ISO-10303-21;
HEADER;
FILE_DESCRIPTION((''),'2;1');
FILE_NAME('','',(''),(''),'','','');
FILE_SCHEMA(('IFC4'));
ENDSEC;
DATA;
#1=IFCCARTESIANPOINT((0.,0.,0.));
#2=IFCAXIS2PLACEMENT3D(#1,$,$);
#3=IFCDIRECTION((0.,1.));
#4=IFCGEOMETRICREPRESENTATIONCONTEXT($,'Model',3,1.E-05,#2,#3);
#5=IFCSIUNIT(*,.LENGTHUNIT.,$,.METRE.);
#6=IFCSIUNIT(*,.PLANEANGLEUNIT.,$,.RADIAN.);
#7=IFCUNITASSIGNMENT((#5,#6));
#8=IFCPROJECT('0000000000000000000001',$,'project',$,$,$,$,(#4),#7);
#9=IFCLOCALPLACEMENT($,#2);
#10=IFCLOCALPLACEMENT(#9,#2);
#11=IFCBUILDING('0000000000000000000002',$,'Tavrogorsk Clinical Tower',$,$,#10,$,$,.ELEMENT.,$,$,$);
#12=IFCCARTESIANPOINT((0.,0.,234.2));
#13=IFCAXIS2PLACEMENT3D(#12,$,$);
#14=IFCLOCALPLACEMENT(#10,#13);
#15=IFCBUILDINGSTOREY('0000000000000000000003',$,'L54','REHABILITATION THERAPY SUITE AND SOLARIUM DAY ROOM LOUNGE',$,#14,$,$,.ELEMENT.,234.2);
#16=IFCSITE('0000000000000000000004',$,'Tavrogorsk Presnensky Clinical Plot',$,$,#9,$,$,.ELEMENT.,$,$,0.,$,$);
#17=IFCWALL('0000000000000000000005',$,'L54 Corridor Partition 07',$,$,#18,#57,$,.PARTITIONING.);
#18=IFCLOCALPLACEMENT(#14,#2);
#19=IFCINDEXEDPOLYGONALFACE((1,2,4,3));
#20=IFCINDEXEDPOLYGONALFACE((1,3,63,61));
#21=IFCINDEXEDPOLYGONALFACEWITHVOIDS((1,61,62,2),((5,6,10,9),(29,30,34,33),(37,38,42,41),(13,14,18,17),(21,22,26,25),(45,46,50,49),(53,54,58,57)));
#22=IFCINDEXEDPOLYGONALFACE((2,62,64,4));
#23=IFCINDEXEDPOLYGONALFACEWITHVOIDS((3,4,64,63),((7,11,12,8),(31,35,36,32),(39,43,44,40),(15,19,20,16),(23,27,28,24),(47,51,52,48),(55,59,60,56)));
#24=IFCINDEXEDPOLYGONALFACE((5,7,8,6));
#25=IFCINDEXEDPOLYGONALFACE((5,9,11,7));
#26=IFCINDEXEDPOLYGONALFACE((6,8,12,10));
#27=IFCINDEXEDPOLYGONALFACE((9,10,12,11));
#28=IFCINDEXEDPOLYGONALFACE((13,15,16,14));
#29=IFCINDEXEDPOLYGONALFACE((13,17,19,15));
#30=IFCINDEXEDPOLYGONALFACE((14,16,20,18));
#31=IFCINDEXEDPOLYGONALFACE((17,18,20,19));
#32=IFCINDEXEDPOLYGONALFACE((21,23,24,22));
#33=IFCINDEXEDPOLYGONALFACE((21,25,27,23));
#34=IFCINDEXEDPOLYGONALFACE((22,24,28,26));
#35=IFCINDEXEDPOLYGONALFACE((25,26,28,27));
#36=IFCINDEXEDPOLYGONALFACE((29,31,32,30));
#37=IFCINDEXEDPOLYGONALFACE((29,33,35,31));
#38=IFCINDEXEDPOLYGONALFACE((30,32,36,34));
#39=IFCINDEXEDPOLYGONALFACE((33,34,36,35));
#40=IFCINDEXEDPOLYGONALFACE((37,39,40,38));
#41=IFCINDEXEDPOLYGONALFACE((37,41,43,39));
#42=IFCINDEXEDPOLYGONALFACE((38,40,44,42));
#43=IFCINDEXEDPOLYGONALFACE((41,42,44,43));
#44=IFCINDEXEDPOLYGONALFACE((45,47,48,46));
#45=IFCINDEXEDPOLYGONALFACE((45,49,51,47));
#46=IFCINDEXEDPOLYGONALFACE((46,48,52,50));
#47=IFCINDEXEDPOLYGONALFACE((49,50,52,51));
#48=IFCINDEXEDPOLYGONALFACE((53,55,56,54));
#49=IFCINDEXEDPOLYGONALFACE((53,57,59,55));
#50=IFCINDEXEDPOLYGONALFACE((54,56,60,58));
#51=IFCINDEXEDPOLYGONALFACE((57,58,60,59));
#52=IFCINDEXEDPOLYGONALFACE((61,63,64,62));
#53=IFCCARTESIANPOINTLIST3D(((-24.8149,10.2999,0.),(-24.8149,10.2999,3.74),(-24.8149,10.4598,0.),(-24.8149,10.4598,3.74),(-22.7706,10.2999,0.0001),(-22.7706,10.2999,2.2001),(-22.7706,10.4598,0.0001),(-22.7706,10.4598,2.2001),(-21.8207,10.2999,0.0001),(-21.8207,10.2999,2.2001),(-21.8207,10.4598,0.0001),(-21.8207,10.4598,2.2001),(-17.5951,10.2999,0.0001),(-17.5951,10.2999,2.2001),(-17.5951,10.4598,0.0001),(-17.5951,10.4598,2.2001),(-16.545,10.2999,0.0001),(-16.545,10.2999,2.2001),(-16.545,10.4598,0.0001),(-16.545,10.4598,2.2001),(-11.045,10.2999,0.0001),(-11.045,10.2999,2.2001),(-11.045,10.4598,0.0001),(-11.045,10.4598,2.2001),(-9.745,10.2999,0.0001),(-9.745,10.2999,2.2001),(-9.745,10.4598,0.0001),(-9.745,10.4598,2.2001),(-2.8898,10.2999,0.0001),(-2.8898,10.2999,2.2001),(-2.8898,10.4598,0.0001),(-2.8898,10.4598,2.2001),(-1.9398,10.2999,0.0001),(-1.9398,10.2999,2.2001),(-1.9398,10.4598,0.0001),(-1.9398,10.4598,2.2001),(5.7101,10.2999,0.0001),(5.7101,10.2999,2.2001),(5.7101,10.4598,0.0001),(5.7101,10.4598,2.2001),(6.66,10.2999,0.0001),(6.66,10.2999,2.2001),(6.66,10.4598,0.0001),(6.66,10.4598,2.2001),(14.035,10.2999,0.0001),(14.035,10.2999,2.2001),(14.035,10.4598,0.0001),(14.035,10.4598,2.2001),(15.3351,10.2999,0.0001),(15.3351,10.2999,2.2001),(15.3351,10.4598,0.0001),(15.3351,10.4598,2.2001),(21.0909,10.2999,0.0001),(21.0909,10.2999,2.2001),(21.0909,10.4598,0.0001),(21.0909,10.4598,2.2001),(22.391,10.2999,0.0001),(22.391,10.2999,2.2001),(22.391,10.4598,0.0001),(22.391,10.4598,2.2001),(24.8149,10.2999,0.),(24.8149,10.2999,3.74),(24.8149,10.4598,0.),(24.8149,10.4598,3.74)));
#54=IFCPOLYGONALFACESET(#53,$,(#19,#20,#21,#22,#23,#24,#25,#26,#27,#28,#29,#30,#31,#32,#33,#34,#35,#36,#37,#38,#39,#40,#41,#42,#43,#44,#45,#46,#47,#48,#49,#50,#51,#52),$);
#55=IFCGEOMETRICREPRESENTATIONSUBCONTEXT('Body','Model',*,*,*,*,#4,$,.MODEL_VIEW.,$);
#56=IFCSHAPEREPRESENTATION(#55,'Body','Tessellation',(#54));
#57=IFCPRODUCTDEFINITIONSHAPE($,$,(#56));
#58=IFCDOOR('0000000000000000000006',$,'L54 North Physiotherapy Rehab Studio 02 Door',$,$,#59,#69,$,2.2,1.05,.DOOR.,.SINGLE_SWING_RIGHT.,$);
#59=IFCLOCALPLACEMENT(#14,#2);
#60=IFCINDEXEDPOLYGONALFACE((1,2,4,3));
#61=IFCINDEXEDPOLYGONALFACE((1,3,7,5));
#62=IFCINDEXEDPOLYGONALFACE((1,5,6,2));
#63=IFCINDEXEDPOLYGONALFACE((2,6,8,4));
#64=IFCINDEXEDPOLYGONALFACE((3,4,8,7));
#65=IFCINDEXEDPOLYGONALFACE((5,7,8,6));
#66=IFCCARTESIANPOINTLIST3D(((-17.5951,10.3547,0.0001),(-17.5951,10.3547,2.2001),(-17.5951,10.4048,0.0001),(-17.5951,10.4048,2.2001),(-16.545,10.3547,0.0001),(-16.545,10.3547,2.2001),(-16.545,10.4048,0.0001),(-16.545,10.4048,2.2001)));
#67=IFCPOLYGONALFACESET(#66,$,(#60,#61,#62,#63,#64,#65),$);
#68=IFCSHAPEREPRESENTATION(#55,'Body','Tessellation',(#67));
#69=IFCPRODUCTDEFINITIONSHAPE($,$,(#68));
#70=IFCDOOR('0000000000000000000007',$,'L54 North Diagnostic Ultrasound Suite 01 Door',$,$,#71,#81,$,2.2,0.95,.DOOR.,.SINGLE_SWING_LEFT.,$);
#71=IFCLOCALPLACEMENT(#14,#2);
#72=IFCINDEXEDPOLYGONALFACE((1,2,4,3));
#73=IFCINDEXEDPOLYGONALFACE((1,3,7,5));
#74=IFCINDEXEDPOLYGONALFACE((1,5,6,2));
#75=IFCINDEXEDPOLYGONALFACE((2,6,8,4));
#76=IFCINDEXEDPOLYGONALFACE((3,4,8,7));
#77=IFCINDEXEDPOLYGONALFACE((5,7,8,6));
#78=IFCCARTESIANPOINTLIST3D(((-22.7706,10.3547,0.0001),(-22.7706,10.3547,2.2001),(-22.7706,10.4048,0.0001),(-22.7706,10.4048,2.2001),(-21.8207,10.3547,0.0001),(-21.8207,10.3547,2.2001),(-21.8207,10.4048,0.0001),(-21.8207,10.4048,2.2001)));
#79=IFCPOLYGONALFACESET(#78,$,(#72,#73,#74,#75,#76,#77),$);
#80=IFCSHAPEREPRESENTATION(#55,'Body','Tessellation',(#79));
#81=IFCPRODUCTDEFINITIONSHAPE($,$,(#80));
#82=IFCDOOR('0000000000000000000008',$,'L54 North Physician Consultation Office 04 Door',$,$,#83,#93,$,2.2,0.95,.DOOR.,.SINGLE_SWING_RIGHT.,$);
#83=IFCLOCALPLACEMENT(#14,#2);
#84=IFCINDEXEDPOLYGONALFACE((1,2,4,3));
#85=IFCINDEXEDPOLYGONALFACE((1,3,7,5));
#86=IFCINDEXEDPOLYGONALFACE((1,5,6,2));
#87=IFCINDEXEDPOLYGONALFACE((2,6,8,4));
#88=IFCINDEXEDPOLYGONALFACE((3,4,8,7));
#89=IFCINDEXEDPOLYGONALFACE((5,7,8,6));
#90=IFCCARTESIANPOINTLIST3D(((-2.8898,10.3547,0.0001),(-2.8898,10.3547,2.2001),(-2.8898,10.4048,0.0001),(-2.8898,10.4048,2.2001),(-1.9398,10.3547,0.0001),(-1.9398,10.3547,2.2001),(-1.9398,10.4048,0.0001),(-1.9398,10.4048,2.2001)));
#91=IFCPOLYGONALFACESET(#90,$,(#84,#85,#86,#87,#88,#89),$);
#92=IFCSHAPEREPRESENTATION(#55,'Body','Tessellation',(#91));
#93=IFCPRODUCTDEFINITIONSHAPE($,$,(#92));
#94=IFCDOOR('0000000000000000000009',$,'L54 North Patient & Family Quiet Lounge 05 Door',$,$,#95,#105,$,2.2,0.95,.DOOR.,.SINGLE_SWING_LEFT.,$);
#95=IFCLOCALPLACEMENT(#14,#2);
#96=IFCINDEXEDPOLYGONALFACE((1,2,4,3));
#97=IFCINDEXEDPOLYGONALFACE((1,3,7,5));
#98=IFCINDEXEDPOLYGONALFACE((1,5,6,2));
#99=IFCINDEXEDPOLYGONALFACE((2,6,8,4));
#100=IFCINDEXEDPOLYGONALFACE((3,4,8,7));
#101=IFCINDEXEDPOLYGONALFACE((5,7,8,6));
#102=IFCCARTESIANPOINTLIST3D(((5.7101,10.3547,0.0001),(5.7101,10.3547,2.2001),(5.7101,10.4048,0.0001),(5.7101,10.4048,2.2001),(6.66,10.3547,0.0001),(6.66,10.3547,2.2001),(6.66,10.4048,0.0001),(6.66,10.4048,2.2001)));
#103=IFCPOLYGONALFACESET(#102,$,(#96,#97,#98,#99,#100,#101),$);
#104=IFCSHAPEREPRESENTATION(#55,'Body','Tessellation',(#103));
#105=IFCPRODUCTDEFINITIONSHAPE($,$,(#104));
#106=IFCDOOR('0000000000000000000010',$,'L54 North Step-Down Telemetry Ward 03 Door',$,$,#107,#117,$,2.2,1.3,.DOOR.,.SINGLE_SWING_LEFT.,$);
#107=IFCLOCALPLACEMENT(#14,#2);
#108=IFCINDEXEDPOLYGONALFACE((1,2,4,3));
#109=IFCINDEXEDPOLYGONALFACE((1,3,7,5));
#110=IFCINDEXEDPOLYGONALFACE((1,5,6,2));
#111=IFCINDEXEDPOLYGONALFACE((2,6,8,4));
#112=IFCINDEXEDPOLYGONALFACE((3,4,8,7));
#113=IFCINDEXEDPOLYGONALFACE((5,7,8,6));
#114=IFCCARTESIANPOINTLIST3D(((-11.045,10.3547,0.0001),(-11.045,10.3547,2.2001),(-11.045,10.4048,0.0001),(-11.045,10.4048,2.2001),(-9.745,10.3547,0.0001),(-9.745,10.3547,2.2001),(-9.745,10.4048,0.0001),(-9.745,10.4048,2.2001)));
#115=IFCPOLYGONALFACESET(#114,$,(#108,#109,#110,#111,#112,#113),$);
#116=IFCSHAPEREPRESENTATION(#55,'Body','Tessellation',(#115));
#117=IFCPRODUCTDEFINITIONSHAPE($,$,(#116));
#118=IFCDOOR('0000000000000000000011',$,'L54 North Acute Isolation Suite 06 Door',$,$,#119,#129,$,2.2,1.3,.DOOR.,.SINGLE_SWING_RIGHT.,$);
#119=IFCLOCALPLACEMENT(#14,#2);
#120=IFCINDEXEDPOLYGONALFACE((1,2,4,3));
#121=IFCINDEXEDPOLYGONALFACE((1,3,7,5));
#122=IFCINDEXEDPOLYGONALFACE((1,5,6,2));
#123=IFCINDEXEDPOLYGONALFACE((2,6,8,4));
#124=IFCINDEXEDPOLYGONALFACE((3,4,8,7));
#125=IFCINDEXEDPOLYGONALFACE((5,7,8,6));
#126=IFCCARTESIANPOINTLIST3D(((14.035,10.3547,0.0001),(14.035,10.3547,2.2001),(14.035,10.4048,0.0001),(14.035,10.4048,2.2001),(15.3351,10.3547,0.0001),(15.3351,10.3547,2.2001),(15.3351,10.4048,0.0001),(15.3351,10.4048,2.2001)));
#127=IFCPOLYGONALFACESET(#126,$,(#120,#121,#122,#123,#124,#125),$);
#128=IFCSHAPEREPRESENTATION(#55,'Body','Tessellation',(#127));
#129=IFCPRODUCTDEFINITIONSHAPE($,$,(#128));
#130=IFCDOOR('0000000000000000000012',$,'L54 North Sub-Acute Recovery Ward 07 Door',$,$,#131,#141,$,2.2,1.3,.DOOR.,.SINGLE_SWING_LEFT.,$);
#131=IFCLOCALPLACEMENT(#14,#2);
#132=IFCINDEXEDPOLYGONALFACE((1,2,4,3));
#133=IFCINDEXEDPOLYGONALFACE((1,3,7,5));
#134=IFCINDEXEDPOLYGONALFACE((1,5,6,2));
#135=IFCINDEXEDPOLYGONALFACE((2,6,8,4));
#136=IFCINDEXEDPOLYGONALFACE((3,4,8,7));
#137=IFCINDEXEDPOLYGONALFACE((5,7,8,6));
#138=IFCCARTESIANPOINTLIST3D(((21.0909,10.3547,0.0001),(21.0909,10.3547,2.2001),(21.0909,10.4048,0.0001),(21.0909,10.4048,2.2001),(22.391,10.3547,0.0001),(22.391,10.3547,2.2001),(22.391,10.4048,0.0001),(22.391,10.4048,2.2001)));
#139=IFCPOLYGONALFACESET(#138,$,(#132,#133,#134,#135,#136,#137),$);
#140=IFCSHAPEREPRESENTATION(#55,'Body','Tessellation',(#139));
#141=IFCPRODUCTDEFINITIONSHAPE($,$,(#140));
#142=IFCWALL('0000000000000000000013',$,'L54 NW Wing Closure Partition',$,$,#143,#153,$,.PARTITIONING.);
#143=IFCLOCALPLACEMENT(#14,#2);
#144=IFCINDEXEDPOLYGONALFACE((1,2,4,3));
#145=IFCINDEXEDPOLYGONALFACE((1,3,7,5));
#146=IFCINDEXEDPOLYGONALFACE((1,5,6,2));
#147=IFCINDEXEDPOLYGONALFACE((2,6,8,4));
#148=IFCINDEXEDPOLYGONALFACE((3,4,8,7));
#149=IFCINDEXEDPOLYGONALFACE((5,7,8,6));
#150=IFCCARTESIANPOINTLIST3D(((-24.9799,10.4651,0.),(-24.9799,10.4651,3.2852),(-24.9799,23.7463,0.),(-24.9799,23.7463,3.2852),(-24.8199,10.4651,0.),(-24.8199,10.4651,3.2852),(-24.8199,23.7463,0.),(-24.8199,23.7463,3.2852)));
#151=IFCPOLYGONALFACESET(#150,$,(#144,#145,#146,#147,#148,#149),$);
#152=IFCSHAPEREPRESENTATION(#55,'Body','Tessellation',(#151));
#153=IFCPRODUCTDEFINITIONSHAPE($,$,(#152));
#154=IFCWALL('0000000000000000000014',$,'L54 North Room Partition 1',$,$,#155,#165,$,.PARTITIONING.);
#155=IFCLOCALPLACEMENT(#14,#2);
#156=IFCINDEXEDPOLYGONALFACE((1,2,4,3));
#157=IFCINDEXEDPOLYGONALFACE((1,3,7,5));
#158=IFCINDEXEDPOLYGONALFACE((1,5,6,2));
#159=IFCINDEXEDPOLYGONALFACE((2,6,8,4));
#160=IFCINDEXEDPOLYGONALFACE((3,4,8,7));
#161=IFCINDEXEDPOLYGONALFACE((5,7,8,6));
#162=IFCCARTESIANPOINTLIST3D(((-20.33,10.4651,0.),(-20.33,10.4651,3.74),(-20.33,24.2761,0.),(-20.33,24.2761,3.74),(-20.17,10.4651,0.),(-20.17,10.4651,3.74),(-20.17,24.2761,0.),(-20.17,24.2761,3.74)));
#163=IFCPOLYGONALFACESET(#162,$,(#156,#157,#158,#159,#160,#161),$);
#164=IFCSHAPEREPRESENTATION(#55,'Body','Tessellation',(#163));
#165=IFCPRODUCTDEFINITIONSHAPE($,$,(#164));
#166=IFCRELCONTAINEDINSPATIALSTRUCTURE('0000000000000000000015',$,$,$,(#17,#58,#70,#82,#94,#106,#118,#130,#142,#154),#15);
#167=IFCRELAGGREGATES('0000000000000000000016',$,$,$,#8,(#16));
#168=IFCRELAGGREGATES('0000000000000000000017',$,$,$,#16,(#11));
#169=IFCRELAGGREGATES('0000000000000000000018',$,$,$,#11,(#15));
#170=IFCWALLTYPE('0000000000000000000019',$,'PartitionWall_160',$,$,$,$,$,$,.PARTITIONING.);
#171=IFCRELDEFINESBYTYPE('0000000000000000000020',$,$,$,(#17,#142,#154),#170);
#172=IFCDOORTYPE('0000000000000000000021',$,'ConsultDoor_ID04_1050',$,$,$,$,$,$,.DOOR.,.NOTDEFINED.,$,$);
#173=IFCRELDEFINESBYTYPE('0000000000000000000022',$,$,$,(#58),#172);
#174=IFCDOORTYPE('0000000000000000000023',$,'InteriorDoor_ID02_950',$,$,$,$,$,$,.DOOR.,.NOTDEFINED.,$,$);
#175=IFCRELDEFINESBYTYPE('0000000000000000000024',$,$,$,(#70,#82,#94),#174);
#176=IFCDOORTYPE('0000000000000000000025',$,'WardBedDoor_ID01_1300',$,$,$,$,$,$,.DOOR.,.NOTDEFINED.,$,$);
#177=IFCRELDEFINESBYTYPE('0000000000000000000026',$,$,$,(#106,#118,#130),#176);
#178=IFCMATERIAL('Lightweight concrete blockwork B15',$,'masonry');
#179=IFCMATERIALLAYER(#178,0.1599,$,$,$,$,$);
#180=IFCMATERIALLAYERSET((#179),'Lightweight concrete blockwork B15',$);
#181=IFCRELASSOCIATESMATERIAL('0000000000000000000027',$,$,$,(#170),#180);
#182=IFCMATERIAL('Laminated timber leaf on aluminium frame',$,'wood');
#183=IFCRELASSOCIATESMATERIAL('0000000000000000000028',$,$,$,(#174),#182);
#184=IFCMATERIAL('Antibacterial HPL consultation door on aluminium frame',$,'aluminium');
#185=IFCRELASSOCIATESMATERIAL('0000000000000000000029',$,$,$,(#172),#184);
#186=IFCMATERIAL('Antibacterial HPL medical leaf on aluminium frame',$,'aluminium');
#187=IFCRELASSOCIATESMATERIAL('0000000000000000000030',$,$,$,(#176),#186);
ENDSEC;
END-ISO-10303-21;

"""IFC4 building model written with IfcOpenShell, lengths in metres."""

from ifc_helpers import new_model, si_unit, direction, frame, frame_2d, origin, place, context, subcontext, project, spatial, rectangle, extrude, material, layer, layer_set, type_object, element, fill, save


model = new_model("IFC4")

# Units and contexts
model_context = context("Model", 3, precision=1e-05, world=origin(), true_north=direction((0.0, 1.0)))
body_context = subcontext(model_context, "Body", "Model", "MODEL_VIEW")
ifc_project = project(units=[si_unit("LENGTHUNIT", "METRE"), si_unit("PLANEANGLEUNIT", "RADIAN")], contexts=[model_context])

# Site, building, storey
site_placement = place(None, origin())
site = spatial("IfcSite", under=ifc_project, at=site_placement, Name="Tavrogorsk Presnensky Clinical Plot", CompositionType="ELEMENT", RefElevation=0.0)
building_placement = place(site_placement, origin())
building = spatial("IfcBuilding", under=site, at=building_placement, Name="Tavrogorsk Clinical Tower", CompositionType="ELEMENT")
storey_placement = place(building_placement, frame((0.0, 0.0, 234.2)))
storey = spatial("IfcBuildingStorey", under=building, at=storey_placement, Name="L54", Description="REHABILITATION THERAPY SUITE AND SOLARIUM DAY ROOM LOUNGE", CompositionType="ELEMENT", Elevation=234.2)

# Shared definitions
ifc_material_1 = material(Name="Lightweight concrete blockwork B15", Category="masonry")
ifc_layer_1 = layer(ifc_material_1, 0.1599)
ifc_layer_set_1 = layer_set([ifc_layer_1], Name="Lightweight concrete blockwork B15")
wall_type_1 = type_object("IfcWallType", Name="PartitionWall_160", PredefinedType="PARTITIONING", material=ifc_layer_set_1)
ifc_material_2 = material(Name="Laminated timber leaf on aluminium frame", Category="wood")
door_type_1 = type_object("IfcDoorType", Name="InteriorDoor_ID02_950", OperationType="NOTDEFINED", PredefinedType="DOOR", material=ifc_material_2)

# Wall, openings, doors
wall_1_placement = place(storey_placement, frame((-24.8149, 10.3799, 0.0), z_axis=(0.0, 0.0, 1.0), x_axis=(1.0, 0.0, 0.0)))
wall_1 = element("IfcWall", 1, at=wall_1_placement, inside=storey, type_object=wall_type_1, Name="L54 Corridor Partition 07", PredefinedType="PARTITIONING", context=body_context, shape_type="SweptSolid", body=[
    extrude(rectangle(XDim=49.6299, YDim=0.1599, at=frame_2d((24.8149, 0.0))), origin(), (0.0, 0.0, 1.0), 3.74),
])
opening_1_placement = place(wall_1_placement, frame((2.0442, 0.0, 0.0)))
opening_1 = element("IfcOpeningElement", 2, at=opening_1_placement, cuts=wall_1, PredefinedType="OPENING", context=body_context, shape_type="SweptSolid", body=[
    extrude(rectangle(XDim=0.95, YDim=2.2, at=frame_2d((0.4751, 1.1001))), frame((0.0, 0.0898, 0.0), z_axis=(0.0, -1.0, 0.0), x_axis=(1.0, 0.0, 0.0)), (0.0, 0.0, 1.0), 0.1799),
])
opening_2_placement = place(wall_1_placement, frame((7.22, 0.0, 0.0)))
opening_2 = element("IfcOpeningElement", 3, at=opening_2_placement, cuts=wall_1, PredefinedType="OPENING", context=body_context, shape_type="SweptSolid", body=[
    extrude(rectangle(XDim=1.05, YDim=2.2, at=frame_2d((0.5249, 1.1001))), frame((0.0, 0.0898, 0.0), z_axis=(0.0, -1.0, 0.0), x_axis=(1.0, 0.0, 0.0)), (0.0, 0.0, 1.0), 0.1799),
])
opening_3_placement = place(wall_1_placement, frame((13.77, 0.0, 0.0)))
opening_3 = element("IfcOpeningElement", 4, at=opening_3_placement, cuts=wall_1, PredefinedType="OPENING", context=body_context, shape_type="SweptSolid", body=[
    extrude(rectangle(XDim=1.3, YDim=2.2, at=frame_2d((0.6499, 1.1001))), frame((0.0, 0.0898, 0.0), z_axis=(0.0, -1.0, 0.0), x_axis=(1.0, 0.0, 0.0)), (0.0, 0.0, 1.0), 0.1799),
])
opening_4_placement = place(wall_1_placement, frame((21.925, 0.0, 0.0)))
opening_4 = element("IfcOpeningElement", 5, at=opening_4_placement, cuts=wall_1, PredefinedType="OPENING", context=body_context, shape_type="SweptSolid", body=[
    extrude(rectangle(XDim=0.95, YDim=2.2, at=frame_2d((0.4751, 1.1001))), frame((0.0, 0.0898, 0.0), z_axis=(0.0, -1.0, 0.0), x_axis=(1.0, 0.0, 0.0)), (0.0, 0.0, 1.0), 0.1799),
])
opening_5_placement = place(wall_1_placement, frame((30.5249, 0.0, 0.0)))
opening_5 = element("IfcOpeningElement", 6, at=opening_5_placement, cuts=wall_1, PredefinedType="OPENING", context=body_context, shape_type="SweptSolid", body=[
    extrude(rectangle(XDim=0.95, YDim=2.2, at=frame_2d((0.4751, 1.1001))), frame((0.0, 0.0898, 0.0), z_axis=(0.0, -1.0, 0.0), x_axis=(1.0, 0.0, 0.0)), (0.0, 0.0, 1.0), 0.1799),
])
opening_6_placement = place(wall_1_placement, frame((38.8501, 0.0, 0.0)))
opening_6 = element("IfcOpeningElement", 7, at=opening_6_placement, cuts=wall_1, PredefinedType="OPENING", context=body_context, shape_type="SweptSolid", body=[
    extrude(rectangle(XDim=1.3, YDim=2.2, at=frame_2d((0.6499, 1.1001))), frame((0.0, 0.0898, 0.0), z_axis=(0.0, -1.0, 0.0), x_axis=(1.0, 0.0, 0.0)), (0.0, 0.0, 1.0), 0.1799),
])
opening_7_placement = place(wall_1_placement, frame((45.906, 0.0, 0.0)))
opening_7 = element("IfcOpeningElement", 8, at=opening_7_placement, cuts=wall_1, PredefinedType="OPENING", context=body_context, shape_type="SweptSolid", body=[
    extrude(rectangle(XDim=1.3, YDim=2.2, at=frame_2d((0.6499, 1.1001))), frame((0.0, 0.0898, 0.0), z_axis=(0.0, -1.0, 0.0), x_axis=(1.0, 0.0, 0.0)), (0.0, 0.0, 1.0), 0.1799),
])
ifc_material_3 = material(Name="Antibacterial HPL consultation door on aluminium frame", Category="aluminium")
door_type_2 = type_object("IfcDoorType", Name="ConsultDoor_ID04_1050", OperationType="NOTDEFINED", PredefinedType="DOOR", material=ifc_material_3)
door_1_placement = place(opening_2_placement, origin())
door_1 = element("IfcDoor", 9, at=door_1_placement, inside=storey, type_object=door_type_2, Name="L54 North Physiotherapy Rehab Studio 02 Door", OperationType="SINGLE_SWING_RIGHT", OverallHeight=2.2, OverallWidth=1.05, PredefinedType="DOOR", context=body_context, shape_type="SweptSolid", body=[
    extrude(rectangle(XDim=1.05, YDim=2.2, at=frame_2d((0.5249, 1.1001))), frame((0.0, 0.0249, 0.0), z_axis=(0.0, -1.0, 0.0), x_axis=(1.0, 0.0, 0.0)), (0.0, 0.0, 1.0), 0.05),
])
fill(opening_2, door_1)
door_2_placement = place(opening_1_placement, origin())
door_2 = element("IfcDoor", 10, at=door_2_placement, inside=storey, type_object=door_type_1, Name="L54 North Diagnostic Ultrasound Suite 01 Door", OperationType="SINGLE_SWING_LEFT", OverallHeight=2.2, OverallWidth=0.95, PredefinedType="DOOR", context=body_context, shape_type="SweptSolid", body=[
    extrude(rectangle(XDim=0.95, YDim=2.2, at=frame_2d((0.4751, 1.1001))), frame((0.0, 0.0249, 0.0), z_axis=(0.0, -1.0, 0.0), x_axis=(1.0, 0.0, 0.0)), (0.0, 0.0, 1.0), 0.05),
])
fill(opening_1, door_2)
door_3_placement = place(opening_4_placement, origin())
door_3 = element("IfcDoor", 11, at=door_3_placement, inside=storey, type_object=door_type_1, Name="L54 North Physician Consultation Office 04 Door", OperationType="SINGLE_SWING_RIGHT", OverallHeight=2.2, OverallWidth=0.95, PredefinedType="DOOR", context=body_context, shape_type="SweptSolid", body=[
    extrude(rectangle(XDim=0.95, YDim=2.2, at=frame_2d((0.4751, 1.1001))), frame((0.0, 0.0249, 0.0), z_axis=(0.0, -1.0, 0.0), x_axis=(1.0, 0.0, 0.0)), (0.0, 0.0, 1.0), 0.05),
])
fill(opening_4, door_3)
door_4_placement = place(opening_5_placement, origin())
door_4 = element("IfcDoor", 12, at=door_4_placement, inside=storey, type_object=door_type_1, Name="L54 North Patient & Family Quiet Lounge 05 Door", OperationType="SINGLE_SWING_LEFT", OverallHeight=2.2, OverallWidth=0.95, PredefinedType="DOOR", context=body_context, shape_type="SweptSolid", body=[
    extrude(rectangle(XDim=0.95, YDim=2.2, at=frame_2d((0.4751, 1.1001))), frame((0.0, 0.0249, 0.0), z_axis=(0.0, -1.0, 0.0), x_axis=(1.0, 0.0, 0.0)), (0.0, 0.0, 1.0), 0.05),
])
fill(opening_5, door_4)
ifc_material_4 = material(Name="Antibacterial HPL medical leaf on aluminium frame", Category="aluminium")
door_type_3 = type_object("IfcDoorType", Name="WardBedDoor_ID01_1300", OperationType="NOTDEFINED", PredefinedType="DOOR", material=ifc_material_4)
door_5_placement = place(opening_3_placement, origin())
door_5 = element("IfcDoor", 13, at=door_5_placement, inside=storey, type_object=door_type_3, Name="L54 North Step-Down Telemetry Ward 03 Door", OperationType="SINGLE_SWING_LEFT", OverallHeight=2.2, OverallWidth=1.3, PredefinedType="DOOR", context=body_context, shape_type="SweptSolid", body=[
    extrude(rectangle(XDim=1.3, YDim=2.2, at=frame_2d((0.6499, 1.1001))), frame((0.0, 0.0249, 0.0), z_axis=(0.0, -1.0, 0.0), x_axis=(1.0, 0.0, 0.0)), (0.0, 0.0, 1.0), 0.05),
])
fill(opening_3, door_5)
door_6_placement = place(opening_6_placement, origin())
door_6 = element("IfcDoor", 14, at=door_6_placement, inside=storey, type_object=door_type_3, Name="L54 North Acute Isolation Suite 06 Door", OperationType="SINGLE_SWING_RIGHT", OverallHeight=2.2, OverallWidth=1.3, PredefinedType="DOOR", context=body_context, shape_type="SweptSolid", body=[
    extrude(rectangle(XDim=1.3, YDim=2.2, at=frame_2d((0.6499, 1.1001))), frame((0.0, 0.0249, 0.0), z_axis=(0.0, -1.0, 0.0), x_axis=(1.0, 0.0, 0.0)), (0.0, 0.0, 1.0), 0.05),
])
fill(opening_6, door_6)
door_7_placement = place(opening_7_placement, origin())
door_7 = element("IfcDoor", 15, at=door_7_placement, inside=storey, type_object=door_type_3, Name="L54 North Sub-Acute Recovery Ward 07 Door", OperationType="SINGLE_SWING_LEFT", OverallHeight=2.2, OverallWidth=1.3, PredefinedType="DOOR", context=body_context, shape_type="SweptSolid", body=[
    extrude(rectangle(XDim=1.3, YDim=2.2, at=frame_2d((0.6499, 1.1001))), frame((0.0, 0.0249, 0.0), z_axis=(0.0, -1.0, 0.0), x_axis=(1.0, 0.0, 0.0)), (0.0, 0.0, 1.0), 0.05),
])
fill(opening_7, door_7)

# Walls
wall_2_placement = place(storey_placement, frame((-24.8999, 10.4651, 0.0), z_axis=(0.0, 0.0, 1.0), x_axis=(0.0, 1.0, 0.0)))
element("IfcWall", 16, at=wall_2_placement, inside=storey, type_object=wall_type_1, Name="L54 NW Wing Closure Partition", PredefinedType="PARTITIONING", context=body_context, shape_type="SweptSolid", body=[
    extrude(rectangle(XDim=13.2812, YDim=0.1599, at=frame_2d((6.6406, 0.0))), origin(), (0.0, 0.0, 1.0), 3.2852),
])
wall_3_placement = place(storey_placement, frame((-20.25, 10.4651, 0.0), z_axis=(0.0, 0.0, 1.0), x_axis=(0.0, 1.0, 0.0)))
element("IfcWall", 17, at=wall_3_placement, inside=storey, type_object=wall_type_1, Name="L54 North Room Partition 1", PredefinedType="PARTITIONING", context=body_context, shape_type="SweptSolid", body=[
    extrude(rectangle(XDim=13.811, YDim=0.1599, at=frame_2d((6.9055, 0.0))), origin(), (0.0, 0.0, 1.0), 3.74),
])

save(model, "model.ifc")
